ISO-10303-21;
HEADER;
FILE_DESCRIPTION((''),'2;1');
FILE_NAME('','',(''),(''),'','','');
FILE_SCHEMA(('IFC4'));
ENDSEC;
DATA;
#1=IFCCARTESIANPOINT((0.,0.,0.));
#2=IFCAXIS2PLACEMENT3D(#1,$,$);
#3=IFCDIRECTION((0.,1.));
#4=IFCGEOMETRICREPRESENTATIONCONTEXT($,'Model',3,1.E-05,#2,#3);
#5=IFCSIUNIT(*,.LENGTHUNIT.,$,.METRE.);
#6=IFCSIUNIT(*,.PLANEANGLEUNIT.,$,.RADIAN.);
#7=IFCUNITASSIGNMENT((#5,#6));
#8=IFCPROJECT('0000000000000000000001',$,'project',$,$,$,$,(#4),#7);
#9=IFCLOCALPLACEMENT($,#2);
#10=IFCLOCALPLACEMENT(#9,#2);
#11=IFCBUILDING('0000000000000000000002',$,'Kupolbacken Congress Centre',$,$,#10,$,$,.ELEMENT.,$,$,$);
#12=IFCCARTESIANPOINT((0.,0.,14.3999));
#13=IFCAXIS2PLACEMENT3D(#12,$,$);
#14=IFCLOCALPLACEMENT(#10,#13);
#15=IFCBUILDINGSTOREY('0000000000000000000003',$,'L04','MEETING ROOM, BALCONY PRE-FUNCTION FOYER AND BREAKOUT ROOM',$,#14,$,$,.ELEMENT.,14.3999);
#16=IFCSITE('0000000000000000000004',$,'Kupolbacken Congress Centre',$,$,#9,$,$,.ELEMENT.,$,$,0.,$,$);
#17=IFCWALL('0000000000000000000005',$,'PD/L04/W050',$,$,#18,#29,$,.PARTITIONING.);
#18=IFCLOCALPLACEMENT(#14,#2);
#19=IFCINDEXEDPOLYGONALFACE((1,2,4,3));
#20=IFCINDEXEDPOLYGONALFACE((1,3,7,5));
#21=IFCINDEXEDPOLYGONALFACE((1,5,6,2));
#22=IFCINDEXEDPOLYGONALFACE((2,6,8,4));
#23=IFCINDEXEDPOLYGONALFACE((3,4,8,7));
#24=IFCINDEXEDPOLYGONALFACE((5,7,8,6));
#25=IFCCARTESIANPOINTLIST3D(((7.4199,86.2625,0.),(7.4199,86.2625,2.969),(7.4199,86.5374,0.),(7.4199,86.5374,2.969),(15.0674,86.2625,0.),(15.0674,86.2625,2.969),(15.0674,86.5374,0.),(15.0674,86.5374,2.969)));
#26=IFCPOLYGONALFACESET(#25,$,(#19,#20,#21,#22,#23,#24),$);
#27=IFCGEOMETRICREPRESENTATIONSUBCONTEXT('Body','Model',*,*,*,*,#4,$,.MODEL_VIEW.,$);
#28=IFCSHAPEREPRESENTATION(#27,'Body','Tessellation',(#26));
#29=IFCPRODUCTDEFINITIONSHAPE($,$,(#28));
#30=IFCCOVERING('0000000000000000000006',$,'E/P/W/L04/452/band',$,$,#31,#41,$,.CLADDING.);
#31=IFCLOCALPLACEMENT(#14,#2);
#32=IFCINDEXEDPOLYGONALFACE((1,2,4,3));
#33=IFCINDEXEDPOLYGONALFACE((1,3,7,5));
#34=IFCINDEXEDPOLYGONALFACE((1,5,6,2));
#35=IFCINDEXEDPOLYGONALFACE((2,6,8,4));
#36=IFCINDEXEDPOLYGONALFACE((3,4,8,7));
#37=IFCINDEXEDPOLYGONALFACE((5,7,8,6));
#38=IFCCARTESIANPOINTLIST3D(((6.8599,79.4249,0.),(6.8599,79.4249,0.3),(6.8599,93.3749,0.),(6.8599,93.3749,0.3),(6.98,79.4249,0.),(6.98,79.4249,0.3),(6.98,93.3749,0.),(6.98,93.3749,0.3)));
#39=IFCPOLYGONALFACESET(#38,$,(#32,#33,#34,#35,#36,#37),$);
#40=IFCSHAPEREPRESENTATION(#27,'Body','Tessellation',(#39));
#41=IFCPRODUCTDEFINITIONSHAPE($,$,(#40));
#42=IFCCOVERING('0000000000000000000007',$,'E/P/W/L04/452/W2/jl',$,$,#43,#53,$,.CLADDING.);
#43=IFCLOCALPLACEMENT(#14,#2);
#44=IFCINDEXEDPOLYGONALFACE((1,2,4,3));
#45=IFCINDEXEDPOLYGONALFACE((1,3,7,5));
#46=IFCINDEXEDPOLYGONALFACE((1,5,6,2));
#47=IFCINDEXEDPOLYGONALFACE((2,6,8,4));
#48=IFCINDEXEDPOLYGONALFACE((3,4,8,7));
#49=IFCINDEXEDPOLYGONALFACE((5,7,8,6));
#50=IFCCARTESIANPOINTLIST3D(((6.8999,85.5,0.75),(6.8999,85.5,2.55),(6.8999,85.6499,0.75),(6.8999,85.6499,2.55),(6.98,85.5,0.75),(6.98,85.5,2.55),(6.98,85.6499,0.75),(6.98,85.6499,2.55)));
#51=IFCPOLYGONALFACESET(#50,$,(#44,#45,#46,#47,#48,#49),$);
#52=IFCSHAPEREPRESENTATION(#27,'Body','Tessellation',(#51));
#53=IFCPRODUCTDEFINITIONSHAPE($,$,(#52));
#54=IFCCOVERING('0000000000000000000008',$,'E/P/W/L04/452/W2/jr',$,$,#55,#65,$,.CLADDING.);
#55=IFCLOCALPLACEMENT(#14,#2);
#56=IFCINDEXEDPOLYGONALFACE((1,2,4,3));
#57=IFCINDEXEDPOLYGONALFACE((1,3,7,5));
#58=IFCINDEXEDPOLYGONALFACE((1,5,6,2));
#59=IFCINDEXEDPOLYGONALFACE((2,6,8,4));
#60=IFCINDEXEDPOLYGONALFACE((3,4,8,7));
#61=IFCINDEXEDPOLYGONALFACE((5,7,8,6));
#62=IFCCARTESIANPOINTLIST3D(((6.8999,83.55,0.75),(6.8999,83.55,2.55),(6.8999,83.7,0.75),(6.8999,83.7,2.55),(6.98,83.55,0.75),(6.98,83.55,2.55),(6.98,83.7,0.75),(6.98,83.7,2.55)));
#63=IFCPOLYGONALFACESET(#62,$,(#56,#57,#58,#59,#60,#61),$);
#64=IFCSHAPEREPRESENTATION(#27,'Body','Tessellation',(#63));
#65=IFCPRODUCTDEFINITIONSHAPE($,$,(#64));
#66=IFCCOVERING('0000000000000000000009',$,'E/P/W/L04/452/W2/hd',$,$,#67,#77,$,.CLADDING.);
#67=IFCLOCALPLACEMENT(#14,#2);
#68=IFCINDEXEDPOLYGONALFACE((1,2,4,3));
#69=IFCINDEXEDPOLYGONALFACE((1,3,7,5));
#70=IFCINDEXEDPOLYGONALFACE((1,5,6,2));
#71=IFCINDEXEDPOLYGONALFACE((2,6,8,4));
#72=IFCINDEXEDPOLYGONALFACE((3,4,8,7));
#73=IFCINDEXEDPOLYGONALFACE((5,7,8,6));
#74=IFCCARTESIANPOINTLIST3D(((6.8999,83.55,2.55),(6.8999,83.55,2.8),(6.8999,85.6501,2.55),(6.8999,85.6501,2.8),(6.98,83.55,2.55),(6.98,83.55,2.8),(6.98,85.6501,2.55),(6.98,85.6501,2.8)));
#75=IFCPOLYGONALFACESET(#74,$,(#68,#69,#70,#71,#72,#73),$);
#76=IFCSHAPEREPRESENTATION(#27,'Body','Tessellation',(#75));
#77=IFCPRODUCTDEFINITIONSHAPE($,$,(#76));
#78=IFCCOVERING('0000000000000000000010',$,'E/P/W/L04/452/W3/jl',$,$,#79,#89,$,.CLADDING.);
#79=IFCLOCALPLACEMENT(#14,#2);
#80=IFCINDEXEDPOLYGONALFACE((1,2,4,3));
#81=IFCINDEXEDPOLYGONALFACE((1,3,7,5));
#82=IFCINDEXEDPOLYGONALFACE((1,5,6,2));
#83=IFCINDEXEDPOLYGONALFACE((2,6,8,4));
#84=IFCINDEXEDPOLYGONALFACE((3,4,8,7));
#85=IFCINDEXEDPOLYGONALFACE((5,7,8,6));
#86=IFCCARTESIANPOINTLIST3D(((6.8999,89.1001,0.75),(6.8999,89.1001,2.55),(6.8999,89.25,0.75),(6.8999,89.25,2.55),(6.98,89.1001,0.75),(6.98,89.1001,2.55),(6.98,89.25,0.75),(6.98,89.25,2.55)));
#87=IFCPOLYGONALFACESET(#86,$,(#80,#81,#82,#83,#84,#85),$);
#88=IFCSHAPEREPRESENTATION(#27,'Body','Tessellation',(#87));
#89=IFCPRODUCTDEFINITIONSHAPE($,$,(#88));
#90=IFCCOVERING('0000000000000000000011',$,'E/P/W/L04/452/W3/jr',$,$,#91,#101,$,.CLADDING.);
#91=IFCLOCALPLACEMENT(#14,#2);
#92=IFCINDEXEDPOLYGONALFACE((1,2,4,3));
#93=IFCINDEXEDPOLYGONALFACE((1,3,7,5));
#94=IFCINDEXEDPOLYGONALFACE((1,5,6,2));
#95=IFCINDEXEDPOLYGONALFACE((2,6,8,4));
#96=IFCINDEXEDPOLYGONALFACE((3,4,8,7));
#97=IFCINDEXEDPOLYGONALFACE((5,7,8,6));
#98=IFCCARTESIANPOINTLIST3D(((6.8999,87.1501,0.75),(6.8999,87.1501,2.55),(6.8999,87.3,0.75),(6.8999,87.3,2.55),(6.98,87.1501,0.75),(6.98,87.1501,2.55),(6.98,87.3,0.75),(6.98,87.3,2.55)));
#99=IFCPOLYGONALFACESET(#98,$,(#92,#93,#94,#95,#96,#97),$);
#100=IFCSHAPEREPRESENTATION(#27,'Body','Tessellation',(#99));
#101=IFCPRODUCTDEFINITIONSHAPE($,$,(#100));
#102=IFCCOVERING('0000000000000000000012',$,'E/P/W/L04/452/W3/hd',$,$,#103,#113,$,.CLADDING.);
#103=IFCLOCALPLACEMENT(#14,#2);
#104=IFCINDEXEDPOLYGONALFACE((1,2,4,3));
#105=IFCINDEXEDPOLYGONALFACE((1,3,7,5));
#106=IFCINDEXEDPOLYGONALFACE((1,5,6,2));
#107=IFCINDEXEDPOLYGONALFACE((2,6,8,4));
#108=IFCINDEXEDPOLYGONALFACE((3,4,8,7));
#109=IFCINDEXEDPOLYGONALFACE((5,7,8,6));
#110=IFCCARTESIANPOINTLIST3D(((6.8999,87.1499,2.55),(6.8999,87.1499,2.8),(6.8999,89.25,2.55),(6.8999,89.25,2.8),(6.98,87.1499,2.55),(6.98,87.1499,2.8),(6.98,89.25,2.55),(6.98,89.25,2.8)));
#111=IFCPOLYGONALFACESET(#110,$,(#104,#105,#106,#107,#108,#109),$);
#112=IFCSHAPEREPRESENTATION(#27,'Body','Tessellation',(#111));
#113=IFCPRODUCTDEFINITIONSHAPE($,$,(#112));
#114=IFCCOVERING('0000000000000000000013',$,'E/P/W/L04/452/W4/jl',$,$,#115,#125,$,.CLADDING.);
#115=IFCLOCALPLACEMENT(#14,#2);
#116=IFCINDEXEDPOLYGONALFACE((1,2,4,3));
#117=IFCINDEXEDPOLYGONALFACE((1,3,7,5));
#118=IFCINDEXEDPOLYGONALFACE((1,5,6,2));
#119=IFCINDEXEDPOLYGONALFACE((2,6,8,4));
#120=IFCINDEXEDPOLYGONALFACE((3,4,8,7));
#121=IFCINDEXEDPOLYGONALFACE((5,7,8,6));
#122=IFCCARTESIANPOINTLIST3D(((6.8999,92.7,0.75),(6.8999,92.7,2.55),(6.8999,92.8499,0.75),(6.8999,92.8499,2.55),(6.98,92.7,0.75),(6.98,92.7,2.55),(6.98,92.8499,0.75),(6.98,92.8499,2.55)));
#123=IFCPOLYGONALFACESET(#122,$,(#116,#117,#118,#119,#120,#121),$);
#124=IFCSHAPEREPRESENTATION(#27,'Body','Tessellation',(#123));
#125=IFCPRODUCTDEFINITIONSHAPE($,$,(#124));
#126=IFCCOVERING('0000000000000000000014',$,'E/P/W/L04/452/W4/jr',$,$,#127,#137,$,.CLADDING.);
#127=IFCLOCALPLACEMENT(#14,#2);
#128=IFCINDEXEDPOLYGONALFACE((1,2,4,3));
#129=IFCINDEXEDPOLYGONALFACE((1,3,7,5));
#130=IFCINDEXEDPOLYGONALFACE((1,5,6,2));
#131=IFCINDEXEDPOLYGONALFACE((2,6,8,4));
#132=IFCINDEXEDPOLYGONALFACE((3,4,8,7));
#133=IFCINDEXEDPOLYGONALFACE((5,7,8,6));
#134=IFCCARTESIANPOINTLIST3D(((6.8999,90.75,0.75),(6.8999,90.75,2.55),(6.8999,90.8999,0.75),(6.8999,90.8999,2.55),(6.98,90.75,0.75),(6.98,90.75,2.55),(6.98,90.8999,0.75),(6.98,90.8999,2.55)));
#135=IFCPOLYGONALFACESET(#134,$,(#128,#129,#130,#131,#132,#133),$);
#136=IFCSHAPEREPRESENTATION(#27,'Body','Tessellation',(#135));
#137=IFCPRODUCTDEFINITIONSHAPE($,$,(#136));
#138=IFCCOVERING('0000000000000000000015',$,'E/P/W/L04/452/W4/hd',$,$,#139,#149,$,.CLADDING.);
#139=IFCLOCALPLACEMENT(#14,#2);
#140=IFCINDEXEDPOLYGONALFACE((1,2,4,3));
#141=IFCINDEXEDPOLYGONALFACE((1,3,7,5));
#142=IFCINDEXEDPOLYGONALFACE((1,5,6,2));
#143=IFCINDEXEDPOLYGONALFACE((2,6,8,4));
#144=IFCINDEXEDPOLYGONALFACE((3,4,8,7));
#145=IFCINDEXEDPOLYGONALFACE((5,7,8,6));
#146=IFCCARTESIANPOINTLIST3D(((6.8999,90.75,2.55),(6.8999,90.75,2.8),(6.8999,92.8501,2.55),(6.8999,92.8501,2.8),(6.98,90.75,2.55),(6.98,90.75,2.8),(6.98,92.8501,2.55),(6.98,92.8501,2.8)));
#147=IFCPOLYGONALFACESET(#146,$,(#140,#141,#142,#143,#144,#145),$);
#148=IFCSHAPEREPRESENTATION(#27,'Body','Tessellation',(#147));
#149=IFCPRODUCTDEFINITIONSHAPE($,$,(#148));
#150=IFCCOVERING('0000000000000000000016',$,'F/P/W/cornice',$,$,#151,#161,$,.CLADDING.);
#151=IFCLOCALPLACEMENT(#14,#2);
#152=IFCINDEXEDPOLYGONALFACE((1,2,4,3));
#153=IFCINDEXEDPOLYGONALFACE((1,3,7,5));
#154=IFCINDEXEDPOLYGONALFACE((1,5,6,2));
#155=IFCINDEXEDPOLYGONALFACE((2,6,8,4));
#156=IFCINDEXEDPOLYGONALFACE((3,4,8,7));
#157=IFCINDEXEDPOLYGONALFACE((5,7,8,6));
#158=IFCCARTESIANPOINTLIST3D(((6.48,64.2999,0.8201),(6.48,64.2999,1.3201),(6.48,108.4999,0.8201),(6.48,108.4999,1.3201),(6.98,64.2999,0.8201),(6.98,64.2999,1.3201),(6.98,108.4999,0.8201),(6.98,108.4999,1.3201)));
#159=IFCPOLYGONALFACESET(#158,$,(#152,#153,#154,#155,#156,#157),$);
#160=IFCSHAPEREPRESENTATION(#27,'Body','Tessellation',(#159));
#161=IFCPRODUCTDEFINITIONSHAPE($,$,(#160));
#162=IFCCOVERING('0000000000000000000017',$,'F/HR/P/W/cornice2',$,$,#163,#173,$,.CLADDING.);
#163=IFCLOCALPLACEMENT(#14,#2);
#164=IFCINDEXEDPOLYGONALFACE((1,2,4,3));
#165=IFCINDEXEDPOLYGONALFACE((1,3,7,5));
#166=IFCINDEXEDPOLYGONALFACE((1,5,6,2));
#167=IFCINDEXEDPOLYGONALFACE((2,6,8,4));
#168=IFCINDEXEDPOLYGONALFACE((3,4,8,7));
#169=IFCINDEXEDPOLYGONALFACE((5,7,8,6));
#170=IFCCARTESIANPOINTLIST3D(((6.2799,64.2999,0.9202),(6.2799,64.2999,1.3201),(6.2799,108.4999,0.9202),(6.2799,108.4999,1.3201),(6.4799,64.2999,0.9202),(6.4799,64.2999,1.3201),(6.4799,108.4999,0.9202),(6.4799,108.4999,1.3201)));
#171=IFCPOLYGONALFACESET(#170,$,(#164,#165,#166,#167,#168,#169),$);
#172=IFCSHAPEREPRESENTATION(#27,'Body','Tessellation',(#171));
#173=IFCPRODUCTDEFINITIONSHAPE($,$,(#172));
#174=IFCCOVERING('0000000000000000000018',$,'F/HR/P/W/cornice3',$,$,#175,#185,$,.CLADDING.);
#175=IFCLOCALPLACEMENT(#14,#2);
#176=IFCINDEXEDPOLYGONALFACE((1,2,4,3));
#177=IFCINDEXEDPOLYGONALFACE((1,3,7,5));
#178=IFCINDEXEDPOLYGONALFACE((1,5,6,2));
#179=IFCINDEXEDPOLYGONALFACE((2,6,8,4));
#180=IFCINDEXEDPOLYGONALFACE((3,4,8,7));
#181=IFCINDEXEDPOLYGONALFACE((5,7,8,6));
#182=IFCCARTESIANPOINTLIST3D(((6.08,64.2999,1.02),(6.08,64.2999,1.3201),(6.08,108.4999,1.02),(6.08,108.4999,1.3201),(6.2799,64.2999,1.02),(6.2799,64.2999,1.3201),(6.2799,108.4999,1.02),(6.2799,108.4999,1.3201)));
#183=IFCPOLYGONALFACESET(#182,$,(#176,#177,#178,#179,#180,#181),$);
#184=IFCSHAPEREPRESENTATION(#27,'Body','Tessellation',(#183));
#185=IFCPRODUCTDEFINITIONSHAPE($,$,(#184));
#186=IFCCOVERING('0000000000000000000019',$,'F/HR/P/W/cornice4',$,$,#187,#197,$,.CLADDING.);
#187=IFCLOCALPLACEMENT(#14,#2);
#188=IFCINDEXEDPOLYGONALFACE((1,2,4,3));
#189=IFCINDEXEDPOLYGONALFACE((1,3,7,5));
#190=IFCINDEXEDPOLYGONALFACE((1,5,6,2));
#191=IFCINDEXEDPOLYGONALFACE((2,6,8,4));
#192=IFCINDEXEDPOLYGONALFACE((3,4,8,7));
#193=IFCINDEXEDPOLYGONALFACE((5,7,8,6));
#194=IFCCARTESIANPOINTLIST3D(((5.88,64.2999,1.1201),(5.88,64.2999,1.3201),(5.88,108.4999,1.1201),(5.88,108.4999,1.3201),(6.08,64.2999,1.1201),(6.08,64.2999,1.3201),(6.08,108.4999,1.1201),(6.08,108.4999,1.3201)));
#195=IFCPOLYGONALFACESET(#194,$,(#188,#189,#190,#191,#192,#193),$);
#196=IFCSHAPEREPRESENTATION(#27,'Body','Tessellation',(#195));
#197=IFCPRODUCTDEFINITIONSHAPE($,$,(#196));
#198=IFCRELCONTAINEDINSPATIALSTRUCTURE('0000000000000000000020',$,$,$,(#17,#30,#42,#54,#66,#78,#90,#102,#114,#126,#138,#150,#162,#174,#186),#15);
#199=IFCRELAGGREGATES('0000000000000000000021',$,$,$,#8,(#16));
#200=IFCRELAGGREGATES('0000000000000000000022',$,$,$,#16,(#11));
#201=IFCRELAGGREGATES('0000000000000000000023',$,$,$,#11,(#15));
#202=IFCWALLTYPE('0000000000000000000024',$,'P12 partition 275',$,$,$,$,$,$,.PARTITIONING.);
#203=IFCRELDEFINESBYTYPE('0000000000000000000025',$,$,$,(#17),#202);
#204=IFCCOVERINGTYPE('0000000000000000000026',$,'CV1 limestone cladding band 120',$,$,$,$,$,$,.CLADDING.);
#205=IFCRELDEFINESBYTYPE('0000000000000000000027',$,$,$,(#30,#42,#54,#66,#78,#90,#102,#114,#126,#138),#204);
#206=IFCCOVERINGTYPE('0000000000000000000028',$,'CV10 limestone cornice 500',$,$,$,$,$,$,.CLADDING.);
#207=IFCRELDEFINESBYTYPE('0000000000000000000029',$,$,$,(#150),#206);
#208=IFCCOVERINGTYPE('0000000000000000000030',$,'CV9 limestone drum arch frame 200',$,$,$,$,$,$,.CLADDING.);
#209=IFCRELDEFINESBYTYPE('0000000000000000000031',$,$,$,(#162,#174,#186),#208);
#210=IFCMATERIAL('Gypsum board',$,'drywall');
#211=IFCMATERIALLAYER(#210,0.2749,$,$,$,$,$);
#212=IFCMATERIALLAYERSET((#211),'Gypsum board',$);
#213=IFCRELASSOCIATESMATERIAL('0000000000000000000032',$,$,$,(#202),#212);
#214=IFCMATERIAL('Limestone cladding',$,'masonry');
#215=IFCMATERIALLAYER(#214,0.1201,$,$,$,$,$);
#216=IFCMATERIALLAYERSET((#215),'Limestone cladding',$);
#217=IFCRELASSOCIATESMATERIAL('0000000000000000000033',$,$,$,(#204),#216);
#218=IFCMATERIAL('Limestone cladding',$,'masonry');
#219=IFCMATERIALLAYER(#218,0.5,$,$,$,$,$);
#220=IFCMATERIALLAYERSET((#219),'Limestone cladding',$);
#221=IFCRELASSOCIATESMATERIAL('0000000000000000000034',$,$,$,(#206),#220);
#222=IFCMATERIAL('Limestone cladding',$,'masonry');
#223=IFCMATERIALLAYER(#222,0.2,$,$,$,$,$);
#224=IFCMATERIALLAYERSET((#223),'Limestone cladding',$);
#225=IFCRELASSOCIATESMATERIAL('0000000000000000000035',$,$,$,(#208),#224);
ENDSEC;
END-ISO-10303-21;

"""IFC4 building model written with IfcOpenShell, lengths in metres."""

from ifc_helpers import new_model, si_unit, direction, frame, frame_2d, origin, origin_2d, place, context, subcontext, project, spatial, rectangle, extrude, material, layer, layer_set, type_object, element, save


model = new_model("IFC4")

# Units and contexts
model_context = context("Model", 3, precision=1e-05, world=origin(), true_north=direction((0.0, 1.0)))
body_context = subcontext(model_context, "Body", "Model", "MODEL_VIEW")
ifc_project = project(units=[si_unit("LENGTHUNIT", "METRE"), si_unit("PLANEANGLEUNIT", "RADIAN")], contexts=[model_context])

# Site, building, storey
site_placement = place(None, origin())
site = spatial("IfcSite", under=ifc_project, at=site_placement, Name="Kupolbacken Congress Centre", CompositionType="ELEMENT", RefElevation=0.0)
building_placement = place(site_placement, origin())
building = spatial("IfcBuilding", under=site, at=building_placement, Name="Kupolbacken Congress Centre", CompositionType="ELEMENT")
storey_placement = place(building_placement, frame((0.0, 0.0, 14.3999)))
storey = spatial("IfcBuildingStorey", under=building, at=storey_placement, Name="L04", Description="MEETING ROOM, BALCONY PRE-FUNCTION FOYER AND BREAKOUT ROOM", CompositionType="ELEMENT", Elevation=14.3999)

# Wall
ifc_material_1 = material(Name="Gypsum board", Category="drywall")
ifc_layer_1 = layer(ifc_material_1, 0.2749)
ifc_layer_set_1 = layer_set([ifc_layer_1], Name="Gypsum board")
wall_type_1 = type_object("IfcWallType", Name="P12 partition 275", PredefinedType="PARTITIONING", material=ifc_layer_set_1)
wall_1_placement = place(storey_placement, frame((7.4199, 86.3999, 0.0), z_axis=(0.0, 0.0, 1.0), x_axis=(1.0, 0.0, 0.0)))
element("IfcWall", 1, at=wall_1_placement, inside=storey, type_object=wall_type_1, Name="PD/L04/W050", PredefinedType="PARTITIONING", context=body_context, shape_type="SweptSolid", body=[
    extrude(rectangle(XDim=7.6475, YDim=0.2749, at=frame_2d((3.8237, 0.0))), origin(), (0.0, 0.0, 1.0), 2.969),
])

# Coverings
ifc_material_2 = material(Name="Limestone cladding", Category="masonry")
ifc_layer_2 = layer(ifc_material_2, 0.1201)
ifc_layer_set_2 = layer_set([ifc_layer_2], Name="Limestone cladding")
covering_type_1 = type_object("IfcCoveringType", Name="CV1 limestone cladding band 120", PredefinedType="CLADDING", material=ifc_layer_set_2)
covering_1_placement = place(storey_placement, frame((6.9199, 86.3999, 0.0), z_axis=(0.0, 0.0, 1.0), x_axis=(0.0, -1.0, 0.0)))
element("IfcCovering", 2, at=covering_1_placement, inside=storey, type_object=covering_type_1, Name="E/P/W/L04/452/band", PredefinedType="CLADDING", context=body_context, shape_type="SweptSolid", body=[
    extrude(rectangle(XDim=13.95, YDim=0.1201, at=origin_2d()), origin(), (0.0, 0.0, 1.0), 0.3),
])
for number, where, z_axis, x_axis, name in (
    (3, (6.9399, 85.575, 0.75), (0.0, 0.0, 1.0), (0.0, -1.0, 0.0), "E/P/W/L04/452/W2/jl"),
    (4, (6.9399, 83.625, 0.75), (0.0, 0.0, 1.0), (0.0, -1.0, 0.0), "E/P/W/L04/452/W2/jr"),
):
    element("IfcCovering", number, at=place(storey_placement, frame(where, z_axis=z_axis, x_axis=x_axis)), inside=storey, type_object=covering_type_1, Name=name, PredefinedType="CLADDING", context=body_context, shape_type="SweptSolid", body=[
        extrude(rectangle(XDim=0.1499, YDim=0.0801, at=origin_2d()), origin(), (0.0, 0.0, 1.0), 1.8),
    ])
covering_2_placement = place(storey_placement, frame((6.9399, 84.6001, 2.55), z_axis=(0.0, 0.0, 1.0), x_axis=(0.0, -1.0, 0.0)))
element("IfcCovering", 5, at=covering_2_placement, inside=storey, type_object=covering_type_1, Name="E/P/W/L04/452/W2/hd", PredefinedType="CLADDING", context=body_context, shape_type="SweptSolid", body=[
    extrude(rectangle(XDim=2.1001, YDim=0.0801, at=origin_2d()), origin(), (0.0, 0.0, 1.0), 0.25),
])
for number, where, z_axis, x_axis, name in (
    (6, (6.9399, 89.175, 0.75), (0.0, 0.0, 1.0), (0.0, -1.0, 0.0), "E/P/W/L04/452/W3/jl"),
    (7, (6.9399, 87.2251, 0.75), (0.0, 0.0, 1.0), (0.0, -1.0, 0.0), "E/P/W/L04/452/W3/jr"),
):
    element("IfcCovering", number, at=place(storey_placement, frame(where, z_axis=z_axis, x_axis=x_axis)), inside=storey, type_object=covering_type_1, Name=name, PredefinedType="CLADDING", context=body_context, shape_type="SweptSolid", body=[
        extrude(rectangle(XDim=0.1499, YDim=0.0801, at=origin_2d()), origin(), (0.0, 0.0, 1.0), 1.8),
    ])
covering_3_placement = place(storey_placement, frame((6.9399, 88.2, 2.55), z_axis=(0.0, 0.0, 1.0), x_axis=(0.0, -1.0, 0.0)))
element("IfcCovering", 8, at=covering_3_placement, inside=storey, type_object=covering_type_1, Name="E/P/W/L04/452/W3/hd", PredefinedType="CLADDING", context=body_context, shape_type="SweptSolid", body=[
    extrude(rectangle(XDim=2.1001, YDim=0.0801, at=origin_2d()), origin(), (0.0, 0.0, 1.0), 0.25),
])
for number, where, z_axis, x_axis, name in (
    (9, (6.9399, 92.7749, 0.75), (0.0, 0.0, 1.0), (0.0, -1.0, 0.0), "E/P/W/L04/452/W4/jl"),
    (10, (6.9399, 90.825, 0.75), (0.0, 0.0, 1.0), (0.0, -1.0, 0.0), "E/P/W/L04/452/W4/jr"),
):
    element("IfcCovering", number, at=place(storey_placement, frame(where, z_axis=z_axis, x_axis=x_axis)), inside=storey, type_object=covering_type_1, Name=name, PredefinedType="CLADDING", context=body_context, shape_type="SweptSolid", body=[
        extrude(rectangle(XDim=0.1499, YDim=0.0801, at=origin_2d()), origin(), (0.0, 0.0, 1.0), 1.8),
    ])
covering_4_placement = place(storey_placement, frame((6.9399, 91.8, 2.55), z_axis=(0.0, 0.0, 1.0), x_axis=(0.0, -1.0, 0.0)))
element("IfcCovering", 11, at=covering_4_placement, inside=storey, type_object=covering_type_1, Name="E/P/W/L04/452/W4/hd", PredefinedType="CLADDING", context=body_context, shape_type="SweptSolid", body=[
    extrude(rectangle(XDim=2.1001, YDim=0.0801, at=origin_2d()), origin(), (0.0, 0.0, 1.0), 0.25),
])
ifc_material_3 = material(Name="Limestone cladding", Category="masonry")
ifc_layer_3 = layer(ifc_material_3, 0.5)
ifc_layer_set_3 = layer_set([ifc_layer_3], Name="Limestone cladding")
covering_type_2 = type_object("IfcCoveringType", Name="CV10 limestone cornice 500", PredefinedType="CLADDING", material=ifc_layer_set_3)
covering_5_placement = place(storey_placement, frame((6.73, 86.3999, 0.8201), z_axis=(0.0, 0.0, 1.0), x_axis=(0.0, 1.0, 0.0)))
element("IfcCovering", 12, at=covering_5_placement, inside=storey, type_object=covering_type_2, Name="F/P/W/cornice", PredefinedType="CLADDING", context=body_context, shape_type="SweptSolid", body=[
    extrude(rectangle(XDim=44.2, YDim=0.5, at=origin_2d()), origin(), (0.0, 0.0, 1.0), 0.5),
])
ifc_material_4 = material(Name="Limestone cladding", Category="masonry")
ifc_layer_4 = layer(ifc_material_4, 0.2)
ifc_layer_set_4 = layer_set([ifc_layer_4], Name="Limestone cladding")
covering_type_3 = type_object("IfcCoveringType", Name="CV9 limestone drum arch frame 200", PredefinedType="CLADDING", material=ifc_layer_set_4)
covering_6_placement = place(storey_placement, frame((6.3799, 86.3999, 0.9202), z_axis=(0.0, 0.0, 1.0), x_axis=(0.0, 1.0, 0.0)))
element("IfcCovering", 13, at=covering_6_placement, inside=storey, type_object=covering_type_3, Name="F/HR/P/W/cornice2", PredefinedType="CLADDING", context=body_context, shape_type="SweptSolid", body=[
    extrude(rectangle(XDim=44.2, YDim=0.2, at=origin_2d()), origin(), (0.0, 0.0, 1.0), 0.3999),
])
covering_7_placement = place(storey_placement, frame((6.1799, 86.3999, 1.02), z_axis=(0.0, 0.0, 1.0), x_axis=(0.0, 1.0, 0.0)))
element("IfcCovering", 14, at=covering_7_placement, inside=storey, type_object=covering_type_3, Name="F/HR/P/W/cornice3", PredefinedType="CLADDING", context=body_context, shape_type="SweptSolid", body=[
    extrude(rectangle(XDim=44.2, YDim=0.2, at=origin_2d()), origin(), (0.0, 0.0, 1.0), 0.3),
])
covering_8_placement = place(storey_placement, frame((5.98, 86.3999, 1.1201), z_axis=(0.0, 0.0, 1.0), x_axis=(0.0, 1.0, 0.0)))
element("IfcCovering", 15, at=covering_8_placement, inside=storey, type_object=covering_type_3, Name="F/HR/P/W/cornice4", PredefinedType="CLADDING", context=body_context, shape_type="SweptSolid", body=[
    extrude(rectangle(XDim=44.2, YDim=0.2, at=origin_2d()), origin(), (0.0, 0.0, 1.0), 0.2),
])

save(model, "model.ifc")
